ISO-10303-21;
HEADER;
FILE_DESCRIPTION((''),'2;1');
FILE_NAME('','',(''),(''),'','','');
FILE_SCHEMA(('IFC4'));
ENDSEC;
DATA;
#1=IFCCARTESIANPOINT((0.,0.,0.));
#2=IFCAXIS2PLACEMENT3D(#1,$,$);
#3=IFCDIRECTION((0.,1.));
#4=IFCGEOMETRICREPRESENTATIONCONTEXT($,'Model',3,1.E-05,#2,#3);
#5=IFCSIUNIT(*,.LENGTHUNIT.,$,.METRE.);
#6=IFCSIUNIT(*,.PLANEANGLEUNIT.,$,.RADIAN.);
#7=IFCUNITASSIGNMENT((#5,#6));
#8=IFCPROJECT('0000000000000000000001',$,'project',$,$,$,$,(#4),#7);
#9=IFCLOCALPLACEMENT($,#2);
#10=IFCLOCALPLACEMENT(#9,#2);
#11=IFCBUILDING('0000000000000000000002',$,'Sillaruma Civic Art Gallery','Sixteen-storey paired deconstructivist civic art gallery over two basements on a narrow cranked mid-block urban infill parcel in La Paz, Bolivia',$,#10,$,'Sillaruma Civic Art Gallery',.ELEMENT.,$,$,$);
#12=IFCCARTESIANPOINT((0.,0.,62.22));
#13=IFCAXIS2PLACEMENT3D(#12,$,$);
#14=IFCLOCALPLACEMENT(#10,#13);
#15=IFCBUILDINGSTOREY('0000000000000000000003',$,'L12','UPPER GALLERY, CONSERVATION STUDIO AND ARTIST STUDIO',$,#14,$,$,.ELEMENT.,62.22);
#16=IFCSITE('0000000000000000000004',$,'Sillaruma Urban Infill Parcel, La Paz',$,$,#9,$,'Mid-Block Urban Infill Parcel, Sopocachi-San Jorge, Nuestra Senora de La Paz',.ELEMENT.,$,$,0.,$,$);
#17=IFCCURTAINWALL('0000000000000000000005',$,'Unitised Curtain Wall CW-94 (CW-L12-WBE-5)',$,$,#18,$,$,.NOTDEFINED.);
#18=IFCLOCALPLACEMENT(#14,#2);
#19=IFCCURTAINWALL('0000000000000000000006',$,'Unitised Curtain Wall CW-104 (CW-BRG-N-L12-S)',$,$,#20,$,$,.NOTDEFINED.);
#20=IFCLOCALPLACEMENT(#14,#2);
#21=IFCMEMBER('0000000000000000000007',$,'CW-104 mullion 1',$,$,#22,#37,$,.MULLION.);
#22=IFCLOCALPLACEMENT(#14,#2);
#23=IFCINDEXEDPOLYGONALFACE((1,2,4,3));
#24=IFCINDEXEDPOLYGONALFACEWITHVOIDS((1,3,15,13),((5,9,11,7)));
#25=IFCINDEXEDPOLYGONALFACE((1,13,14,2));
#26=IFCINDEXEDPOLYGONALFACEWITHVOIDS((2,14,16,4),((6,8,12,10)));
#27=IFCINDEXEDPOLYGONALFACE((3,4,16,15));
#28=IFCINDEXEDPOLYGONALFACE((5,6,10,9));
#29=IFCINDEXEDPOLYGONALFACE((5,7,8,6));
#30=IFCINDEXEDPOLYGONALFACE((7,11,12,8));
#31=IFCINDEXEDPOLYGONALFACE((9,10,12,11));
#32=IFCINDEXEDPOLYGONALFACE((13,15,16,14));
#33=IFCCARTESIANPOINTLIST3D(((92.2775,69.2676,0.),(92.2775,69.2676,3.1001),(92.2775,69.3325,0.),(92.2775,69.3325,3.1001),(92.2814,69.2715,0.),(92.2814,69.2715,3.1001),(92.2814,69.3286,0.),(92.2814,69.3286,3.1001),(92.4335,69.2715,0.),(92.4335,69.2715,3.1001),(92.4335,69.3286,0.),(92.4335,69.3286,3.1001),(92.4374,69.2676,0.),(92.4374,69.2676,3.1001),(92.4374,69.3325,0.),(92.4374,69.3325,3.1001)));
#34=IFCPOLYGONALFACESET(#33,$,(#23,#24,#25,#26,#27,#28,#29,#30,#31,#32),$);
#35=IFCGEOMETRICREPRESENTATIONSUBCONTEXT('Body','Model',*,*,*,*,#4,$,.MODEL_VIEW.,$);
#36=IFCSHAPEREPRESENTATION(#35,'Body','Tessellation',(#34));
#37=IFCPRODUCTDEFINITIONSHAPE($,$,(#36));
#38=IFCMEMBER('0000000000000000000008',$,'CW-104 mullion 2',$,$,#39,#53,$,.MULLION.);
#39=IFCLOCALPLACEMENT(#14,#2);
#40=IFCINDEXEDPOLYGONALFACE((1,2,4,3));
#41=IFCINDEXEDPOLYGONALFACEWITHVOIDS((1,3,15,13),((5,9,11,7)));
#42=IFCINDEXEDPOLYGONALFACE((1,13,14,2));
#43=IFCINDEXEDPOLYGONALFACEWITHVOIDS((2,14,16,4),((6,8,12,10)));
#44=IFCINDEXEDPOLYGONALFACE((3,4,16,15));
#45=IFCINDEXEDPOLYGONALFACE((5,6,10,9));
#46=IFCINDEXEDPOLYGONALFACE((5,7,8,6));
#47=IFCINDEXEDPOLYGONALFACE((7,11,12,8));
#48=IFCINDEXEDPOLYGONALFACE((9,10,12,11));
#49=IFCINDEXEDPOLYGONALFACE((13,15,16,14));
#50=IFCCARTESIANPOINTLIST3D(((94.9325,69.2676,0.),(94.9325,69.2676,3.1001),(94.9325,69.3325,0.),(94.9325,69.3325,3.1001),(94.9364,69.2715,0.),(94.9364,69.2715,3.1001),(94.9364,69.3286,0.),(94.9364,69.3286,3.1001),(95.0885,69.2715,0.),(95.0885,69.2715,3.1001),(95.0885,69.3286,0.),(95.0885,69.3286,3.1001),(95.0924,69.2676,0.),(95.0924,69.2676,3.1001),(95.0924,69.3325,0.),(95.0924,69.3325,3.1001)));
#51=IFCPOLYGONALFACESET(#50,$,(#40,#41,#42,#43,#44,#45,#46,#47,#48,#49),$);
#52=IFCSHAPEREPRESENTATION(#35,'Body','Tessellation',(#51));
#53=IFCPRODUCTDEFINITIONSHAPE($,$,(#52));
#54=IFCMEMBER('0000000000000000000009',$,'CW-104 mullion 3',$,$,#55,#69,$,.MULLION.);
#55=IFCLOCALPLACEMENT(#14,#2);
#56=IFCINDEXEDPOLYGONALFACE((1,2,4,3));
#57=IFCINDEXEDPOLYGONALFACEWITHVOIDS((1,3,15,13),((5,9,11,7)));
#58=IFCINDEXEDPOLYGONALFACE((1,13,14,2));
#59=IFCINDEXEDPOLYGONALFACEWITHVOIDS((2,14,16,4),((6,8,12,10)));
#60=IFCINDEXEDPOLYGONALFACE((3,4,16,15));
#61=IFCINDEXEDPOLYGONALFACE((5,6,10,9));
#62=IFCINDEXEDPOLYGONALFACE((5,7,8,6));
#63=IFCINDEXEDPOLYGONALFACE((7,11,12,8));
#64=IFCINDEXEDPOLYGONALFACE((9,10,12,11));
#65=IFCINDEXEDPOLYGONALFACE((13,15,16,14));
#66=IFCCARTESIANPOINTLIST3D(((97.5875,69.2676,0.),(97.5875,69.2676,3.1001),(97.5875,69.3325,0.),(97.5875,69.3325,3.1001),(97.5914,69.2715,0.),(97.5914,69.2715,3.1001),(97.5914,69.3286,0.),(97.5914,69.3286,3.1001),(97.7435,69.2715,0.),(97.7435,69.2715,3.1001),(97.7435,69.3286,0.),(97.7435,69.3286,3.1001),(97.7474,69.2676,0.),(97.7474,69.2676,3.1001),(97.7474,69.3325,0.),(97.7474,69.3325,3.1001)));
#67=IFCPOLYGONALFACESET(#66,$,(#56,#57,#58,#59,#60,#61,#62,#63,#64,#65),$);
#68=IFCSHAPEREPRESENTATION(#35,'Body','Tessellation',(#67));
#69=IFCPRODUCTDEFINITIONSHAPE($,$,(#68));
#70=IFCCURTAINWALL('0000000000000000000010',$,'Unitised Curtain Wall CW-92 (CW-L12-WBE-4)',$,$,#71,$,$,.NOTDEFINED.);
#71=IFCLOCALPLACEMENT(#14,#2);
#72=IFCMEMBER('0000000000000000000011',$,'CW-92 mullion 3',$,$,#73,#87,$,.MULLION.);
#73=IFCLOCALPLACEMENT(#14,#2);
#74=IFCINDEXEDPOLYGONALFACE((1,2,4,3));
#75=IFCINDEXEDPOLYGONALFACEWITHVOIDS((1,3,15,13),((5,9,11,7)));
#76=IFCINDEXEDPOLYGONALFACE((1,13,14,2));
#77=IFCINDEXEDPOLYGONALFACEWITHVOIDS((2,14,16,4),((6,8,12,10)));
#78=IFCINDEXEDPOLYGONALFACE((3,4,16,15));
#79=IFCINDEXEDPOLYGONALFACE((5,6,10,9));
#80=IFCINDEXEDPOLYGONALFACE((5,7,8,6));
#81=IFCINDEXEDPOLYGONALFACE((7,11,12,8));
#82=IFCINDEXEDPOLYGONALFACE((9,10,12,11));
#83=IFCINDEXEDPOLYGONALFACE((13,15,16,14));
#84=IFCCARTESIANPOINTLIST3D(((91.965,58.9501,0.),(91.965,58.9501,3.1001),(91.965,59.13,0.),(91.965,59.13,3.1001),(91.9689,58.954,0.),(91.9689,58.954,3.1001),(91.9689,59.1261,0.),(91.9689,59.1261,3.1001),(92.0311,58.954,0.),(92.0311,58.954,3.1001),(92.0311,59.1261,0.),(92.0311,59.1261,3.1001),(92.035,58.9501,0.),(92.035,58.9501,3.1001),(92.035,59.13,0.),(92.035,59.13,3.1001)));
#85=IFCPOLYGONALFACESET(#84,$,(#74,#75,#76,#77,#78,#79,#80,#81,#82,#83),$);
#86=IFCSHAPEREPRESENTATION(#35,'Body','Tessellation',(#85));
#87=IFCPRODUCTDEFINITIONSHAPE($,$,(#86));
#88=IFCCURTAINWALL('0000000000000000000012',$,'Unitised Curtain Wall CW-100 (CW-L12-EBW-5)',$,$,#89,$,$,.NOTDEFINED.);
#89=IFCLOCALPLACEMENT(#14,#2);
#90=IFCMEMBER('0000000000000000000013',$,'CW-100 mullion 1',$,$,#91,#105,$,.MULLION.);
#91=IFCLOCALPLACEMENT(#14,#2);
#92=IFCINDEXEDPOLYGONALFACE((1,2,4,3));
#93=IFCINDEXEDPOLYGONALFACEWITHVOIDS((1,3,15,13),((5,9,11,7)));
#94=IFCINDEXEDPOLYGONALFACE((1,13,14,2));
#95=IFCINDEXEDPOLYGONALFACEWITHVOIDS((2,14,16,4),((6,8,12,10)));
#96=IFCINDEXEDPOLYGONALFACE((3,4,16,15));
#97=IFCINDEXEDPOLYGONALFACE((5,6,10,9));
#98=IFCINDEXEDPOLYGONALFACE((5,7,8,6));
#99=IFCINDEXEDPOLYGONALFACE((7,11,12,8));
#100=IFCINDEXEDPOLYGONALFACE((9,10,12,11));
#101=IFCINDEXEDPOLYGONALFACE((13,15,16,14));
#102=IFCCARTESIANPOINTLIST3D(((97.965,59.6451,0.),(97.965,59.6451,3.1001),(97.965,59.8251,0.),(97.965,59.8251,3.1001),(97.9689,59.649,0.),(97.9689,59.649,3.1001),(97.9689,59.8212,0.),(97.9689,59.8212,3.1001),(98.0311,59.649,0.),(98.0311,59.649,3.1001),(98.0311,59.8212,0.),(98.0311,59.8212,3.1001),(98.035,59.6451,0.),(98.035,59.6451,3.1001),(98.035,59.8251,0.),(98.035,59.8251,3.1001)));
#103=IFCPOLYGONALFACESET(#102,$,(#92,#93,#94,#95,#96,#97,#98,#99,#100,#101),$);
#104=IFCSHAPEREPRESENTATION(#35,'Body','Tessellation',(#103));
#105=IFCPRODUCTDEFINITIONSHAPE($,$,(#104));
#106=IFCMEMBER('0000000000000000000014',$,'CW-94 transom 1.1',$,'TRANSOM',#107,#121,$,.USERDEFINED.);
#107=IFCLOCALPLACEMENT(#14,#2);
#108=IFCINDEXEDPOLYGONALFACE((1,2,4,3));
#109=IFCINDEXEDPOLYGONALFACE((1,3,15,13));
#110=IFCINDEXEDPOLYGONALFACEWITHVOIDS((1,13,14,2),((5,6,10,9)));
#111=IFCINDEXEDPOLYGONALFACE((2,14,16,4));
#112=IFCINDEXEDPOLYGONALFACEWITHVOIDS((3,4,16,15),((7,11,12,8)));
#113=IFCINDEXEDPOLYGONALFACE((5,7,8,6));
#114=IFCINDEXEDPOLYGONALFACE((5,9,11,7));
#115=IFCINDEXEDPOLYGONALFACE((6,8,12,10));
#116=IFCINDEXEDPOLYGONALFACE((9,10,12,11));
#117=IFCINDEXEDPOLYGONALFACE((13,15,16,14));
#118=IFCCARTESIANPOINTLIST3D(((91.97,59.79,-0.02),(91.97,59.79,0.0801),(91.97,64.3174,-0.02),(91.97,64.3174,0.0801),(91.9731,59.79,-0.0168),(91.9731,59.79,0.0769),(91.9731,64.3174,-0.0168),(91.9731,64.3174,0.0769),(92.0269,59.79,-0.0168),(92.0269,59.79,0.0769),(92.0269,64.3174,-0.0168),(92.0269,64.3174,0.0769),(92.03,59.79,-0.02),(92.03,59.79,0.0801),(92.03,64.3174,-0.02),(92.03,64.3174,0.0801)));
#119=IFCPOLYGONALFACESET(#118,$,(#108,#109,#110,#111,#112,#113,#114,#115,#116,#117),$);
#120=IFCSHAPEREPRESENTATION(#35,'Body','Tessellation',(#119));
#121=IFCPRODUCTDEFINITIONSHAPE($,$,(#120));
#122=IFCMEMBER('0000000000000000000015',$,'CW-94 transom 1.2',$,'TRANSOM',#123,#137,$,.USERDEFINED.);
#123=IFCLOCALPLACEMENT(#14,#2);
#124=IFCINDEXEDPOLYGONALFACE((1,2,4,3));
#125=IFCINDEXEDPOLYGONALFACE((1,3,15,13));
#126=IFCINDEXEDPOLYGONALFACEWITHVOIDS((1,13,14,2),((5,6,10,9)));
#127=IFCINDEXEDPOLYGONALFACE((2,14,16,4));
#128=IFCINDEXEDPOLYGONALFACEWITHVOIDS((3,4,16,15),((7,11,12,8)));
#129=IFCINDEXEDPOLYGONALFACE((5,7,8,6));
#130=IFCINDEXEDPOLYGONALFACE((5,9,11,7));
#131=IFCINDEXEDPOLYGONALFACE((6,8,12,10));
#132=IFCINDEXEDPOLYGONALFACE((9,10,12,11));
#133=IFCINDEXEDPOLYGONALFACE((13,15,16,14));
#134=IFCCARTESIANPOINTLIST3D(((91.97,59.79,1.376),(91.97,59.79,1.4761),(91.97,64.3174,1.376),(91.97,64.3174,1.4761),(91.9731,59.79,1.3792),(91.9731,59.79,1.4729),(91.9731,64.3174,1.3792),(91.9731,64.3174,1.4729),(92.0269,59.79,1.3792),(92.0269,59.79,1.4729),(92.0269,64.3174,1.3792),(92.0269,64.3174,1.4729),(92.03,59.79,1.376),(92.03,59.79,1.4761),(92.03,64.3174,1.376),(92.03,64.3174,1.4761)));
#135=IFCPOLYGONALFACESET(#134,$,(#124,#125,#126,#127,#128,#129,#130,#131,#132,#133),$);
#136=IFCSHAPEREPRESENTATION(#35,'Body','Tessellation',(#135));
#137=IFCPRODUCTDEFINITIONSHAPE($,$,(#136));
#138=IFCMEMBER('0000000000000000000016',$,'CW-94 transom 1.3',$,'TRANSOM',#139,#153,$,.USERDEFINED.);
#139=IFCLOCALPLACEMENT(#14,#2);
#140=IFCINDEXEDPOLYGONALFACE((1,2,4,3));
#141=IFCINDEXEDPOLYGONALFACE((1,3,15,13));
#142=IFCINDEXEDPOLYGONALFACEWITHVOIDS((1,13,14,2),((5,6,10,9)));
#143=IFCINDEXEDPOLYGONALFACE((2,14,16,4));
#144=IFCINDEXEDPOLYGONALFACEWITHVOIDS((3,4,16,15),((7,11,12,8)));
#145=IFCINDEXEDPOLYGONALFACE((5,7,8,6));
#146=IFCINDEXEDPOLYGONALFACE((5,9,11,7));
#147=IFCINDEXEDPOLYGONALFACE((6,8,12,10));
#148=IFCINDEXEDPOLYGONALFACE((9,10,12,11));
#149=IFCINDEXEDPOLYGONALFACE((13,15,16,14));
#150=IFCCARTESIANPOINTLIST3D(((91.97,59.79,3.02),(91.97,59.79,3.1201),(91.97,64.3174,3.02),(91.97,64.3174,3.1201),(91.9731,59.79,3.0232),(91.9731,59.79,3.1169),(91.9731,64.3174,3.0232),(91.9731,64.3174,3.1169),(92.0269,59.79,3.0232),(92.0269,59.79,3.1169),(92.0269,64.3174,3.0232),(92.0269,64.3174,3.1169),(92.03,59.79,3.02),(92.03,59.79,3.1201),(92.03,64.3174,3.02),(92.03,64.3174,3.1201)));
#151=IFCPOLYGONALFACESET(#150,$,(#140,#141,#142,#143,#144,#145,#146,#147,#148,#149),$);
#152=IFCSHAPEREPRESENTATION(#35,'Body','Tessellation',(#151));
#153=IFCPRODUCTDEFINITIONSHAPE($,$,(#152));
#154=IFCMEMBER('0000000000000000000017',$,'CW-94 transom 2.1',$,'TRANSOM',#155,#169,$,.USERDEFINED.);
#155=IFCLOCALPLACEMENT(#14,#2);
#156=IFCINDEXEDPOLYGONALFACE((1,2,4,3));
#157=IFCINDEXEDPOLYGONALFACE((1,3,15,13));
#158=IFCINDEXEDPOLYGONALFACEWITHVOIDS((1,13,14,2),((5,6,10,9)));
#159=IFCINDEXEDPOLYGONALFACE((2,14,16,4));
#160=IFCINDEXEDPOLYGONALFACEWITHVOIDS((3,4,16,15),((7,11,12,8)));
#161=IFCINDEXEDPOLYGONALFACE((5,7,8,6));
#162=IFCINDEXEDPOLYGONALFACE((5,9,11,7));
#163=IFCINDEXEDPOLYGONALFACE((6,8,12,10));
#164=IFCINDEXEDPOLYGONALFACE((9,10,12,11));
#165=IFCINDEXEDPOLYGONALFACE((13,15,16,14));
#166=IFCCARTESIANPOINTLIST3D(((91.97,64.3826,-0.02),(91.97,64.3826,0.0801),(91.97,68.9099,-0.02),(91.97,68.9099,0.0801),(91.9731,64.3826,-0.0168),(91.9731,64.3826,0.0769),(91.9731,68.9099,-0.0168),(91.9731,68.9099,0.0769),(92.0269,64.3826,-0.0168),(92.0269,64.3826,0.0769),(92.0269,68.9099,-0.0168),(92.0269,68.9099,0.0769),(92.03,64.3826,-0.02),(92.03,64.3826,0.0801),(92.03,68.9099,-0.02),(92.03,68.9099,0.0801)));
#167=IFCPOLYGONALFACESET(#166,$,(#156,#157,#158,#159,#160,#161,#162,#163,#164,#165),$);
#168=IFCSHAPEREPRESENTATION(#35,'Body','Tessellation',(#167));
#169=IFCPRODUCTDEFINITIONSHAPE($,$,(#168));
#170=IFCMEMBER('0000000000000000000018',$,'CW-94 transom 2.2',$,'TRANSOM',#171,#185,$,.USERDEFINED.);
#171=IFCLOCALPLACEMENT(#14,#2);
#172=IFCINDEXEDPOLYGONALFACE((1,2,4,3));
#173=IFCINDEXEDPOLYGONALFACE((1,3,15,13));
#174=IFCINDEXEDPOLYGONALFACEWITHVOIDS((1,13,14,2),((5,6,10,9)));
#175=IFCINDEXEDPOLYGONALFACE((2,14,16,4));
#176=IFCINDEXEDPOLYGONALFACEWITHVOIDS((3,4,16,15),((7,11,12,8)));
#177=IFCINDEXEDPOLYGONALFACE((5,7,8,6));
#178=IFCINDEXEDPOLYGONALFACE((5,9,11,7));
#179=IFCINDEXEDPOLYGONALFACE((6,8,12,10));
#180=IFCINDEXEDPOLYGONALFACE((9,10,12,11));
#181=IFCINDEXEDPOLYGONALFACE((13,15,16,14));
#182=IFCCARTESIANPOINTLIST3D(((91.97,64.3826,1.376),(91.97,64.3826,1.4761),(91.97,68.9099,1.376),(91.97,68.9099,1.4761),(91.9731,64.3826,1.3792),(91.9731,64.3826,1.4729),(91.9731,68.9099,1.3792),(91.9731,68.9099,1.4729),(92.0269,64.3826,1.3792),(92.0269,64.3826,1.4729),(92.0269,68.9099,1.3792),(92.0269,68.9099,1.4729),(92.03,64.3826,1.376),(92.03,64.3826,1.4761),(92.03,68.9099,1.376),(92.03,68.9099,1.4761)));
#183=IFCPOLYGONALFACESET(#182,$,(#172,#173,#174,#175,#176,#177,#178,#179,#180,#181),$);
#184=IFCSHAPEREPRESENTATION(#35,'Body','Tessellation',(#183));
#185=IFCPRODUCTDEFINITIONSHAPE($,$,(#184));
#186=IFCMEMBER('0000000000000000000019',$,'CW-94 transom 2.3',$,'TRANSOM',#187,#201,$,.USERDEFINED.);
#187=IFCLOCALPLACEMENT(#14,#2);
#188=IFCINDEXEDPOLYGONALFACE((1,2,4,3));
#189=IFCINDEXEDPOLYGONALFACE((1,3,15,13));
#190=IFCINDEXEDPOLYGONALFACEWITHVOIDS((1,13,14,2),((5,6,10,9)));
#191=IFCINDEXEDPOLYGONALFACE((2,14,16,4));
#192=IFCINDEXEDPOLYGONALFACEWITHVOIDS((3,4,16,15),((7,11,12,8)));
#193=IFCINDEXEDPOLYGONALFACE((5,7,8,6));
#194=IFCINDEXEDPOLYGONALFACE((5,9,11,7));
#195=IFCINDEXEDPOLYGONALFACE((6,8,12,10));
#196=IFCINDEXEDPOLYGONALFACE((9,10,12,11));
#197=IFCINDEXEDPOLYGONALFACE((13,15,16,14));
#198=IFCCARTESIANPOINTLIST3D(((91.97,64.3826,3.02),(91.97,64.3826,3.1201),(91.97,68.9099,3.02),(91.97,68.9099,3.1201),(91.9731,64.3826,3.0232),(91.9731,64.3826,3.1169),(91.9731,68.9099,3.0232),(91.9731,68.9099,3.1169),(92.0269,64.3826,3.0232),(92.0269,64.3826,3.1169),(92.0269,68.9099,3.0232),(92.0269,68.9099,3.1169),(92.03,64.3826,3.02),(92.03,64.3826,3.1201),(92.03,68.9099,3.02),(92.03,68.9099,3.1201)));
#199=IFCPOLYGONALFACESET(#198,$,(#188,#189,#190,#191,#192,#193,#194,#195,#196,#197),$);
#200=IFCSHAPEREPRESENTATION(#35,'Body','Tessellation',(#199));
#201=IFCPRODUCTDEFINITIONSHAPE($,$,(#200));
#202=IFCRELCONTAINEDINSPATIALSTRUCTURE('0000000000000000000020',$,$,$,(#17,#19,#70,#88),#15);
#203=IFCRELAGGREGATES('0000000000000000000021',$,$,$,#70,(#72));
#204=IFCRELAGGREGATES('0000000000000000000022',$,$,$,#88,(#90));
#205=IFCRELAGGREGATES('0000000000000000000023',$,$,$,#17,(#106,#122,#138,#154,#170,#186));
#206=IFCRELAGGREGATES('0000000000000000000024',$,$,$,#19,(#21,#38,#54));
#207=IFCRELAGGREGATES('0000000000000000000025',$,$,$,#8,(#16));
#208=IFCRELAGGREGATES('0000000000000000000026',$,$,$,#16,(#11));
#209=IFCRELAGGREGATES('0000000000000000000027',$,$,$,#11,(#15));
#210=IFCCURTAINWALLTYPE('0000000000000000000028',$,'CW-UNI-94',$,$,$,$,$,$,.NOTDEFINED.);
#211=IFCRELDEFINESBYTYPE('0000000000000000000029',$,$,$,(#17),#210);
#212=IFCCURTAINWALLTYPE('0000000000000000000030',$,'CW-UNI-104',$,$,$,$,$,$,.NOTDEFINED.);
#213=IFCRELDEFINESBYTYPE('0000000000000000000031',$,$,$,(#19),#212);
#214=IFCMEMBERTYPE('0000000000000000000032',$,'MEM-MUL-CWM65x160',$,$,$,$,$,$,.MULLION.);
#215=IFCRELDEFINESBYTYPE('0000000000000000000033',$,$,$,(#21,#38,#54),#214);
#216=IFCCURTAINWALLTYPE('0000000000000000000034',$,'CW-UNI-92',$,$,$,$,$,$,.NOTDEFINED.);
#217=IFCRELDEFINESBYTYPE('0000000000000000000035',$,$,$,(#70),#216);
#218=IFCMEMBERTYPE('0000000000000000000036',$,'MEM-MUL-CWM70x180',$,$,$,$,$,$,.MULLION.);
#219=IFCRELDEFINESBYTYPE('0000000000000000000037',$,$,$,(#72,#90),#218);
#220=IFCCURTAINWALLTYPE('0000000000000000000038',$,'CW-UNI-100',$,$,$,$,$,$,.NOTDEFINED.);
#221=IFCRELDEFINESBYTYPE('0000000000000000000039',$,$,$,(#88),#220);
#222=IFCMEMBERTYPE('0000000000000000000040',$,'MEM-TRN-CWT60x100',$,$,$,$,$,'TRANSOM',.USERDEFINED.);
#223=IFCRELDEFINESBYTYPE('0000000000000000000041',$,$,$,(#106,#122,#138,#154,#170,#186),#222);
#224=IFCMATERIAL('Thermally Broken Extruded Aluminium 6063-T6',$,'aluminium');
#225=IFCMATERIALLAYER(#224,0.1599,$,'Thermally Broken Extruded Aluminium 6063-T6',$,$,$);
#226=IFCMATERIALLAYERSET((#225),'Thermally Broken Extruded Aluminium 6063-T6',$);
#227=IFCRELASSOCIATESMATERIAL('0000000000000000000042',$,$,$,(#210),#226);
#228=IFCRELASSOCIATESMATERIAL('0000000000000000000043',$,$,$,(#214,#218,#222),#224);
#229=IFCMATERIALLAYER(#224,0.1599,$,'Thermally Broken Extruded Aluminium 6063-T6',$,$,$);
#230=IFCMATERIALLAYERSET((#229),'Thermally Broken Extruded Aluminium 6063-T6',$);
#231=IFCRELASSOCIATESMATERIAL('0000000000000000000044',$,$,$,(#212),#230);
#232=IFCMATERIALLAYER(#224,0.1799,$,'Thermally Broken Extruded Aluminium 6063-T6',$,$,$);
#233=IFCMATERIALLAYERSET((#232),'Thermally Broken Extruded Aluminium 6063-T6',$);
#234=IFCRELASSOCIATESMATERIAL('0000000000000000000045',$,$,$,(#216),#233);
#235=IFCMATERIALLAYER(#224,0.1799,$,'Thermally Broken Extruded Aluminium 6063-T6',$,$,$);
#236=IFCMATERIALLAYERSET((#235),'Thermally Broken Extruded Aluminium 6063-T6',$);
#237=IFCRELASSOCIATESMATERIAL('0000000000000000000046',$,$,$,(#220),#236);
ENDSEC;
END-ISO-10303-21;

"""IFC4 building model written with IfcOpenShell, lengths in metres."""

from ifc_helpers import new_model, si_unit, direction, frame, origin, origin_2d, place, context, subcontext, project, spatial, hollow_rectangle, extrude, material, layer, layer_set, material_profile, profile_set, type_object, element, aggregate, save


model = new_model("IFC4")

# Units and contexts
model_context = context("Model", 3, precision=1e-05, world=origin(), true_north=direction((0.0, 1.0)))
body_context = subcontext(model_context, "Body", "Model", "MODEL_VIEW")
ifc_project = project(units=[si_unit("LENGTHUNIT", "METRE"), si_unit("PLANEANGLEUNIT", "RADIAN")], contexts=[model_context])

# Site, building, storey
site_placement = place(None, origin())
site = spatial("IfcSite", under=ifc_project, at=site_placement, Name="Sillaruma Urban Infill Parcel, La Paz", LongName="Mid-Block Urban Infill Parcel, Sopocachi-San Jorge, Nuestra Senora de La Paz", CompositionType="ELEMENT", RefElevation=0.0)
building_placement = place(site_placement, origin())
building = spatial("IfcBuilding", under=site, at=building_placement, Name="Sillaruma Civic Art Gallery", Description="Sixteen-storey paired deconstructivist civic art gallery over two basements on a narrow cranked mid-block urban infill parcel in La Paz, Bolivia", LongName="Sillaruma Civic Art Gallery", CompositionType="ELEMENT")
storey_placement = place(building_placement, frame((0.0, 0.0, 62.22)))
storey = spatial("IfcBuildingStorey", under=building, at=storey_placement, Name="L12", Description="UPPER GALLERY, CONSERVATION STUDIO AND ARTIST STUDIO", CompositionType="ELEMENT", Elevation=62.22)

# Shared definitions
ifc_material_1 = material(Name="Thermally Broken Extruded Aluminium 6063-T6", Category="aluminium")

# Curtain walls, members
ifc_layer_1 = layer(ifc_material_1, 0.1599, Name="Thermally Broken Extruded Aluminium 6063-T6")
ifc_layer_set_1 = layer_set([ifc_layer_1], Name="Thermally Broken Extruded Aluminium 6063-T6")
curtain_wall_type_1 = type_object("IfcCurtainWallType", Name="CW-UNI-94", PredefinedType="NOTDEFINED", material=ifc_layer_set_1)
curtain_wall_1_placement = place(storey_placement, origin())
curtain_wall_1 = element("IfcCurtainWall", 1, at=curtain_wall_1_placement, inside=storey, type_object=curtain_wall_type_1, Name="Unitised Curtain Wall CW-94 (CW-L12-WBE-5)", PredefinedType="NOTDEFINED")
ifc_material_profile_1 = material_profile(ifc_material_1, hollow_rectangle(XDim=0.0649, YDim=0.1599, WallThickness=0.0039, at=origin_2d()), Name="CWM65x160")
ifc_profile_set_1 = profile_set([ifc_material_profile_1], Name="Thermally Broken Extruded Aluminium 6063-T6")
member_type_1 = type_object("IfcMemberType", Name="MEM-MUL-CWM65x160", PredefinedType="MULLION", material=ifc_profile_set_1)
ifc_layer_2 = layer(ifc_material_1, 0.1599, Name="Thermally Broken Extruded Aluminium 6063-T6")
ifc_layer_set_2 = layer_set([ifc_layer_2], Name="Thermally Broken Extruded Aluminium 6063-T6")
curtain_wall_type_2 = type_object("IfcCurtainWallType", Name="CW-UNI-104", PredefinedType="NOTDEFINED", material=ifc_layer_set_2)
curtain_wall_2_placement = place(storey_placement, origin())
curtain_wall_2 = element("IfcCurtainWall", 2, at=curtain_wall_2_placement, inside=storey, type_object=curtain_wall_type_2, Name="Unitised Curtain Wall CW-104 (CW-BRG-N-L12-S)", PredefinedType="NOTDEFINED")
member_1_placement = place(storey_placement, frame((92.3574, 69.3, 0.0), z_axis=(0.0, 0.0, 1.0), x_axis=(0.0, 1.0, 0.0)))
member_1 = element("IfcMember", 3, at=member_1_placement, type_object=member_type_1, Name="CW-104 mullion 1", PredefinedType="MULLION", context=body_context, shape_type="SweptSolid", body=[
    extrude(hollow_rectangle(XDim=0.0649, YDim=0.1599, WallThickness=0.0039, at=origin_2d()), origin(), (0.0, 0.0, 1.0), 3.1001),
])
member_2_placement = place(storey_placement, frame((95.0125, 69.3, 0.0), z_axis=(0.0, 0.0, 1.0), x_axis=(0.0, 1.0, 0.0)))
member_2 = element("IfcMember", 4, at=member_2_placement, type_object=member_type_1, Name="CW-104 mullion 2", PredefinedType="MULLION", context=body_context, shape_type="SweptSolid", body=[
    extrude(hollow_rectangle(XDim=0.0649, YDim=0.1599, WallThickness=0.0039, at=origin_2d()), origin(), (0.0, 0.0, 1.0), 3.1001),
])
member_3_placement = place(storey_placement, frame((97.6675, 69.3, 0.0), z_axis=(0.0, 0.0, 1.0), x_axis=(0.0, 1.0, 0.0)))
member_3 = element("IfcMember", 5, at=member_3_placement, type_object=member_type_1, Name="CW-104 mullion 3", PredefinedType="MULLION", context=body_context, shape_type="SweptSolid", body=[
    extrude(hollow_rectangle(XDim=0.0649, YDim=0.1599, WallThickness=0.0039, at=origin_2d()), origin(), (0.0, 0.0, 1.0), 3.1001),
])

# Curtain walls, members
ifc_layer_3 = layer(ifc_material_1, 0.1799, Name="Thermally Broken Extruded Aluminium 6063-T6")
ifc_layer_set_3 = layer_set([ifc_layer_3], Name="Thermally Broken Extruded Aluminium 6063-T6")
curtain_wall_type_3 = type_object("IfcCurtainWallType", Name="CW-UNI-92", PredefinedType="NOTDEFINED", material=ifc_layer_set_3)
curtain_wall_3_placement = place(storey_placement, origin())
curtain_wall_3 = element("IfcCurtainWall", 6, at=curtain_wall_3_placement, inside=storey, type_object=curtain_wall_type_3, Name="Unitised Curtain Wall CW-92 (CW-L12-WBE-4)", PredefinedType="NOTDEFINED")
ifc_material_profile_2 = material_profile(ifc_material_1, hollow_rectangle(XDim=0.0701, YDim=0.1799, WallThickness=0.0039, at=origin_2d()), Name="CWM70x180")
ifc_profile_set_2 = profile_set([ifc_material_profile_2], Name="Thermally Broken Extruded Aluminium 6063-T6")
member_type_2 = type_object("IfcMemberType", Name="MEM-MUL-CWM70x180", PredefinedType="MULLION", material=ifc_profile_set_2)
member_4_placement = place(storey_placement, frame((92.0, 59.04, 0.0), z_axis=(0.0, 0.0, 1.0), x_axis=(-1.0, 0.0, 0.0)))
member_4 = element("IfcMember", 7, at=member_4_placement, type_object=member_type_2, Name="CW-92 mullion 3", PredefinedType="MULLION", context=body_context, shape_type="SweptSolid", body=[
    extrude(hollow_rectangle(XDim=0.0701, YDim=0.1799, WallThickness=0.0039, at=origin_2d()), origin(), (0.0, 0.0, 1.0), 3.1001),
])
aggregate(curtain_wall_3, [member_4])
ifc_layer_4 = layer(ifc_material_1, 0.1799, Name="Thermally Broken Extruded Aluminium 6063-T6")
ifc_layer_set_4 = layer_set([ifc_layer_4], Name="Thermally Broken Extruded Aluminium 6063-T6")
curtain_wall_type_4 = type_object("IfcCurtainWallType", Name="CW-UNI-100", PredefinedType="NOTDEFINED", material=ifc_layer_set_4)
curtain_wall_4_placement = place(storey_placement, origin())
curtain_wall_4 = element("IfcCurtainWall", 8, at=curtain_wall_4_placement, inside=storey, type_object=curtain_wall_type_4, Name="Unitised Curtain Wall CW-100 (CW-L12-EBW-5)", PredefinedType="NOTDEFINED")
member_5_placement = place(storey_placement, frame((98.0, 59.7351, 0.0), z_axis=(0.0, 0.0, 1.0), x_axis=(-1.0, 0.0, 0.0)))
member_5 = element("IfcMember", 9, at=member_5_placement, type_object=member_type_2, Name="CW-100 mullion 1", PredefinedType="MULLION", context=body_context, shape_type="SweptSolid", body=[
    extrude(hollow_rectangle(XDim=0.0701, YDim=0.1799, WallThickness=0.0039, at=origin_2d()), origin(), (0.0, 0.0, 1.0), 3.1001),
])
aggregate(curtain_wall_4, [member_5])

# Members
ifc_material_profile_3 = material_profile(ifc_material_1, hollow_rectangle(XDim=0.0601, YDim=0.1001, WallThickness=0.0032, at=origin_2d()), Name="CWT60x100")
ifc_profile_set_3 = profile_set([ifc_material_profile_3], Name="Thermally Broken Extruded Aluminium 6063-T6")
member_type_3 = type_object("IfcMemberType", Name="MEM-TRN-CWT60x100", ElementType="TRANSOM", PredefinedType="USERDEFINED", material=ifc_profile_set_3)
member_6_placement = place(storey_placement, frame((92.0, 59.79, 0.03), z_axis=(0.0, 1.0, 0.0), x_axis=(-1.0, 0.0, 0.0)))
member_6 = element("IfcMember", 10, at=member_6_placement, type_object=member_type_3, Name="CW-94 transom 1.1", ObjectType="TRANSOM", PredefinedType="USERDEFINED", context=body_context, shape_type="SweptSolid", body=[
    extrude(hollow_rectangle(XDim=0.0601, YDim=0.1001, WallThickness=0.0032, at=origin_2d()), origin(), (0.0, 0.0, 1.0), 4.5273),
])
member_7_placement = place(storey_placement, frame((92.0, 59.79, 1.426), z_axis=(0.0, 1.0, 0.0), x_axis=(-1.0, 0.0, 0.0)))
member_7 = element("IfcMember", 11, at=member_7_placement, type_object=member_type_3, Name="CW-94 transom 1.2", ObjectType="TRANSOM", PredefinedType="USERDEFINED", context=body_context, shape_type="SweptSolid", body=[
    extrude(hollow_rectangle(XDim=0.0601, YDim=0.1001, WallThickness=0.0032, at=origin_2d()), origin(), (0.0, 0.0, 1.0), 4.5273),
])
member_8_placement = place(storey_placement, frame((92.0, 59.79, 3.0701), z_axis=(0.0, 1.0, 0.0), x_axis=(-1.0, 0.0, 0.0)))
member_8 = element("IfcMember", 12, at=member_8_placement, type_object=member_type_3, Name="CW-94 transom 1.3", ObjectType="TRANSOM", PredefinedType="USERDEFINED", context=body_context, shape_type="SweptSolid", body=[
    extrude(hollow_rectangle(XDim=0.0601, YDim=0.1001, WallThickness=0.0032, at=origin_2d()), origin(), (0.0, 0.0, 1.0), 4.5273),
])
member_9_placement = place(storey_placement, frame((92.0, 64.3826, 0.03), z_axis=(0.0, 1.0, 0.0), x_axis=(-1.0, 0.0, 0.0)))
member_9 = element("IfcMember", 13, at=member_9_placement, type_object=member_type_3, Name="CW-94 transom 2.1", ObjectType="TRANSOM", PredefinedType="USERDEFINED", context=body_context, shape_type="SweptSolid", body=[
    extrude(hollow_rectangle(XDim=0.0601, YDim=0.1001, WallThickness=0.0032, at=origin_2d()), origin(), (0.0, 0.0, 1.0), 4.5273),
])
member_10_placement = place(storey_placement, frame((92.0, 64.3826, 1.426), z_axis=(0.0, 1.0, 0.0), x_axis=(-1.0, 0.0, 0.0)))
member_10 = element("IfcMember", 14, at=member_10_placement, type_object=member_type_3, Name="CW-94 transom 2.2", ObjectType="TRANSOM", PredefinedType="USERDEFINED", context=body_context, shape_type="SweptSolid", body=[
    extrude(hollow_rectangle(XDim=0.0601, YDim=0.1001, WallThickness=0.0032, at=origin_2d()), origin(), (0.0, 0.0, 1.0), 4.5273),
])
member_11_placement = place(storey_placement, frame((92.0, 64.3826, 3.0701), z_axis=(0.0, 1.0, 0.0), x_axis=(-1.0, 0.0, 0.0)))
member_11 = element("IfcMember", 15, at=member_11_placement, type_object=member_type_3, Name="CW-94 transom 2.3", ObjectType="TRANSOM", PredefinedType="USERDEFINED", context=body_context, shape_type="SweptSolid", body=[
    extrude(hollow_rectangle(XDim=0.0601, YDim=0.1001, WallThickness=0.0032, at=origin_2d()), origin(), (0.0, 0.0, 1.0), 4.5273),
])

aggregate(curtain_wall_1, [member_6, member_7, member_8, member_9, member_10, member_11])
aggregate(curtain_wall_2, [member_1, member_2, member_3])

save(model, "model.ifc")
